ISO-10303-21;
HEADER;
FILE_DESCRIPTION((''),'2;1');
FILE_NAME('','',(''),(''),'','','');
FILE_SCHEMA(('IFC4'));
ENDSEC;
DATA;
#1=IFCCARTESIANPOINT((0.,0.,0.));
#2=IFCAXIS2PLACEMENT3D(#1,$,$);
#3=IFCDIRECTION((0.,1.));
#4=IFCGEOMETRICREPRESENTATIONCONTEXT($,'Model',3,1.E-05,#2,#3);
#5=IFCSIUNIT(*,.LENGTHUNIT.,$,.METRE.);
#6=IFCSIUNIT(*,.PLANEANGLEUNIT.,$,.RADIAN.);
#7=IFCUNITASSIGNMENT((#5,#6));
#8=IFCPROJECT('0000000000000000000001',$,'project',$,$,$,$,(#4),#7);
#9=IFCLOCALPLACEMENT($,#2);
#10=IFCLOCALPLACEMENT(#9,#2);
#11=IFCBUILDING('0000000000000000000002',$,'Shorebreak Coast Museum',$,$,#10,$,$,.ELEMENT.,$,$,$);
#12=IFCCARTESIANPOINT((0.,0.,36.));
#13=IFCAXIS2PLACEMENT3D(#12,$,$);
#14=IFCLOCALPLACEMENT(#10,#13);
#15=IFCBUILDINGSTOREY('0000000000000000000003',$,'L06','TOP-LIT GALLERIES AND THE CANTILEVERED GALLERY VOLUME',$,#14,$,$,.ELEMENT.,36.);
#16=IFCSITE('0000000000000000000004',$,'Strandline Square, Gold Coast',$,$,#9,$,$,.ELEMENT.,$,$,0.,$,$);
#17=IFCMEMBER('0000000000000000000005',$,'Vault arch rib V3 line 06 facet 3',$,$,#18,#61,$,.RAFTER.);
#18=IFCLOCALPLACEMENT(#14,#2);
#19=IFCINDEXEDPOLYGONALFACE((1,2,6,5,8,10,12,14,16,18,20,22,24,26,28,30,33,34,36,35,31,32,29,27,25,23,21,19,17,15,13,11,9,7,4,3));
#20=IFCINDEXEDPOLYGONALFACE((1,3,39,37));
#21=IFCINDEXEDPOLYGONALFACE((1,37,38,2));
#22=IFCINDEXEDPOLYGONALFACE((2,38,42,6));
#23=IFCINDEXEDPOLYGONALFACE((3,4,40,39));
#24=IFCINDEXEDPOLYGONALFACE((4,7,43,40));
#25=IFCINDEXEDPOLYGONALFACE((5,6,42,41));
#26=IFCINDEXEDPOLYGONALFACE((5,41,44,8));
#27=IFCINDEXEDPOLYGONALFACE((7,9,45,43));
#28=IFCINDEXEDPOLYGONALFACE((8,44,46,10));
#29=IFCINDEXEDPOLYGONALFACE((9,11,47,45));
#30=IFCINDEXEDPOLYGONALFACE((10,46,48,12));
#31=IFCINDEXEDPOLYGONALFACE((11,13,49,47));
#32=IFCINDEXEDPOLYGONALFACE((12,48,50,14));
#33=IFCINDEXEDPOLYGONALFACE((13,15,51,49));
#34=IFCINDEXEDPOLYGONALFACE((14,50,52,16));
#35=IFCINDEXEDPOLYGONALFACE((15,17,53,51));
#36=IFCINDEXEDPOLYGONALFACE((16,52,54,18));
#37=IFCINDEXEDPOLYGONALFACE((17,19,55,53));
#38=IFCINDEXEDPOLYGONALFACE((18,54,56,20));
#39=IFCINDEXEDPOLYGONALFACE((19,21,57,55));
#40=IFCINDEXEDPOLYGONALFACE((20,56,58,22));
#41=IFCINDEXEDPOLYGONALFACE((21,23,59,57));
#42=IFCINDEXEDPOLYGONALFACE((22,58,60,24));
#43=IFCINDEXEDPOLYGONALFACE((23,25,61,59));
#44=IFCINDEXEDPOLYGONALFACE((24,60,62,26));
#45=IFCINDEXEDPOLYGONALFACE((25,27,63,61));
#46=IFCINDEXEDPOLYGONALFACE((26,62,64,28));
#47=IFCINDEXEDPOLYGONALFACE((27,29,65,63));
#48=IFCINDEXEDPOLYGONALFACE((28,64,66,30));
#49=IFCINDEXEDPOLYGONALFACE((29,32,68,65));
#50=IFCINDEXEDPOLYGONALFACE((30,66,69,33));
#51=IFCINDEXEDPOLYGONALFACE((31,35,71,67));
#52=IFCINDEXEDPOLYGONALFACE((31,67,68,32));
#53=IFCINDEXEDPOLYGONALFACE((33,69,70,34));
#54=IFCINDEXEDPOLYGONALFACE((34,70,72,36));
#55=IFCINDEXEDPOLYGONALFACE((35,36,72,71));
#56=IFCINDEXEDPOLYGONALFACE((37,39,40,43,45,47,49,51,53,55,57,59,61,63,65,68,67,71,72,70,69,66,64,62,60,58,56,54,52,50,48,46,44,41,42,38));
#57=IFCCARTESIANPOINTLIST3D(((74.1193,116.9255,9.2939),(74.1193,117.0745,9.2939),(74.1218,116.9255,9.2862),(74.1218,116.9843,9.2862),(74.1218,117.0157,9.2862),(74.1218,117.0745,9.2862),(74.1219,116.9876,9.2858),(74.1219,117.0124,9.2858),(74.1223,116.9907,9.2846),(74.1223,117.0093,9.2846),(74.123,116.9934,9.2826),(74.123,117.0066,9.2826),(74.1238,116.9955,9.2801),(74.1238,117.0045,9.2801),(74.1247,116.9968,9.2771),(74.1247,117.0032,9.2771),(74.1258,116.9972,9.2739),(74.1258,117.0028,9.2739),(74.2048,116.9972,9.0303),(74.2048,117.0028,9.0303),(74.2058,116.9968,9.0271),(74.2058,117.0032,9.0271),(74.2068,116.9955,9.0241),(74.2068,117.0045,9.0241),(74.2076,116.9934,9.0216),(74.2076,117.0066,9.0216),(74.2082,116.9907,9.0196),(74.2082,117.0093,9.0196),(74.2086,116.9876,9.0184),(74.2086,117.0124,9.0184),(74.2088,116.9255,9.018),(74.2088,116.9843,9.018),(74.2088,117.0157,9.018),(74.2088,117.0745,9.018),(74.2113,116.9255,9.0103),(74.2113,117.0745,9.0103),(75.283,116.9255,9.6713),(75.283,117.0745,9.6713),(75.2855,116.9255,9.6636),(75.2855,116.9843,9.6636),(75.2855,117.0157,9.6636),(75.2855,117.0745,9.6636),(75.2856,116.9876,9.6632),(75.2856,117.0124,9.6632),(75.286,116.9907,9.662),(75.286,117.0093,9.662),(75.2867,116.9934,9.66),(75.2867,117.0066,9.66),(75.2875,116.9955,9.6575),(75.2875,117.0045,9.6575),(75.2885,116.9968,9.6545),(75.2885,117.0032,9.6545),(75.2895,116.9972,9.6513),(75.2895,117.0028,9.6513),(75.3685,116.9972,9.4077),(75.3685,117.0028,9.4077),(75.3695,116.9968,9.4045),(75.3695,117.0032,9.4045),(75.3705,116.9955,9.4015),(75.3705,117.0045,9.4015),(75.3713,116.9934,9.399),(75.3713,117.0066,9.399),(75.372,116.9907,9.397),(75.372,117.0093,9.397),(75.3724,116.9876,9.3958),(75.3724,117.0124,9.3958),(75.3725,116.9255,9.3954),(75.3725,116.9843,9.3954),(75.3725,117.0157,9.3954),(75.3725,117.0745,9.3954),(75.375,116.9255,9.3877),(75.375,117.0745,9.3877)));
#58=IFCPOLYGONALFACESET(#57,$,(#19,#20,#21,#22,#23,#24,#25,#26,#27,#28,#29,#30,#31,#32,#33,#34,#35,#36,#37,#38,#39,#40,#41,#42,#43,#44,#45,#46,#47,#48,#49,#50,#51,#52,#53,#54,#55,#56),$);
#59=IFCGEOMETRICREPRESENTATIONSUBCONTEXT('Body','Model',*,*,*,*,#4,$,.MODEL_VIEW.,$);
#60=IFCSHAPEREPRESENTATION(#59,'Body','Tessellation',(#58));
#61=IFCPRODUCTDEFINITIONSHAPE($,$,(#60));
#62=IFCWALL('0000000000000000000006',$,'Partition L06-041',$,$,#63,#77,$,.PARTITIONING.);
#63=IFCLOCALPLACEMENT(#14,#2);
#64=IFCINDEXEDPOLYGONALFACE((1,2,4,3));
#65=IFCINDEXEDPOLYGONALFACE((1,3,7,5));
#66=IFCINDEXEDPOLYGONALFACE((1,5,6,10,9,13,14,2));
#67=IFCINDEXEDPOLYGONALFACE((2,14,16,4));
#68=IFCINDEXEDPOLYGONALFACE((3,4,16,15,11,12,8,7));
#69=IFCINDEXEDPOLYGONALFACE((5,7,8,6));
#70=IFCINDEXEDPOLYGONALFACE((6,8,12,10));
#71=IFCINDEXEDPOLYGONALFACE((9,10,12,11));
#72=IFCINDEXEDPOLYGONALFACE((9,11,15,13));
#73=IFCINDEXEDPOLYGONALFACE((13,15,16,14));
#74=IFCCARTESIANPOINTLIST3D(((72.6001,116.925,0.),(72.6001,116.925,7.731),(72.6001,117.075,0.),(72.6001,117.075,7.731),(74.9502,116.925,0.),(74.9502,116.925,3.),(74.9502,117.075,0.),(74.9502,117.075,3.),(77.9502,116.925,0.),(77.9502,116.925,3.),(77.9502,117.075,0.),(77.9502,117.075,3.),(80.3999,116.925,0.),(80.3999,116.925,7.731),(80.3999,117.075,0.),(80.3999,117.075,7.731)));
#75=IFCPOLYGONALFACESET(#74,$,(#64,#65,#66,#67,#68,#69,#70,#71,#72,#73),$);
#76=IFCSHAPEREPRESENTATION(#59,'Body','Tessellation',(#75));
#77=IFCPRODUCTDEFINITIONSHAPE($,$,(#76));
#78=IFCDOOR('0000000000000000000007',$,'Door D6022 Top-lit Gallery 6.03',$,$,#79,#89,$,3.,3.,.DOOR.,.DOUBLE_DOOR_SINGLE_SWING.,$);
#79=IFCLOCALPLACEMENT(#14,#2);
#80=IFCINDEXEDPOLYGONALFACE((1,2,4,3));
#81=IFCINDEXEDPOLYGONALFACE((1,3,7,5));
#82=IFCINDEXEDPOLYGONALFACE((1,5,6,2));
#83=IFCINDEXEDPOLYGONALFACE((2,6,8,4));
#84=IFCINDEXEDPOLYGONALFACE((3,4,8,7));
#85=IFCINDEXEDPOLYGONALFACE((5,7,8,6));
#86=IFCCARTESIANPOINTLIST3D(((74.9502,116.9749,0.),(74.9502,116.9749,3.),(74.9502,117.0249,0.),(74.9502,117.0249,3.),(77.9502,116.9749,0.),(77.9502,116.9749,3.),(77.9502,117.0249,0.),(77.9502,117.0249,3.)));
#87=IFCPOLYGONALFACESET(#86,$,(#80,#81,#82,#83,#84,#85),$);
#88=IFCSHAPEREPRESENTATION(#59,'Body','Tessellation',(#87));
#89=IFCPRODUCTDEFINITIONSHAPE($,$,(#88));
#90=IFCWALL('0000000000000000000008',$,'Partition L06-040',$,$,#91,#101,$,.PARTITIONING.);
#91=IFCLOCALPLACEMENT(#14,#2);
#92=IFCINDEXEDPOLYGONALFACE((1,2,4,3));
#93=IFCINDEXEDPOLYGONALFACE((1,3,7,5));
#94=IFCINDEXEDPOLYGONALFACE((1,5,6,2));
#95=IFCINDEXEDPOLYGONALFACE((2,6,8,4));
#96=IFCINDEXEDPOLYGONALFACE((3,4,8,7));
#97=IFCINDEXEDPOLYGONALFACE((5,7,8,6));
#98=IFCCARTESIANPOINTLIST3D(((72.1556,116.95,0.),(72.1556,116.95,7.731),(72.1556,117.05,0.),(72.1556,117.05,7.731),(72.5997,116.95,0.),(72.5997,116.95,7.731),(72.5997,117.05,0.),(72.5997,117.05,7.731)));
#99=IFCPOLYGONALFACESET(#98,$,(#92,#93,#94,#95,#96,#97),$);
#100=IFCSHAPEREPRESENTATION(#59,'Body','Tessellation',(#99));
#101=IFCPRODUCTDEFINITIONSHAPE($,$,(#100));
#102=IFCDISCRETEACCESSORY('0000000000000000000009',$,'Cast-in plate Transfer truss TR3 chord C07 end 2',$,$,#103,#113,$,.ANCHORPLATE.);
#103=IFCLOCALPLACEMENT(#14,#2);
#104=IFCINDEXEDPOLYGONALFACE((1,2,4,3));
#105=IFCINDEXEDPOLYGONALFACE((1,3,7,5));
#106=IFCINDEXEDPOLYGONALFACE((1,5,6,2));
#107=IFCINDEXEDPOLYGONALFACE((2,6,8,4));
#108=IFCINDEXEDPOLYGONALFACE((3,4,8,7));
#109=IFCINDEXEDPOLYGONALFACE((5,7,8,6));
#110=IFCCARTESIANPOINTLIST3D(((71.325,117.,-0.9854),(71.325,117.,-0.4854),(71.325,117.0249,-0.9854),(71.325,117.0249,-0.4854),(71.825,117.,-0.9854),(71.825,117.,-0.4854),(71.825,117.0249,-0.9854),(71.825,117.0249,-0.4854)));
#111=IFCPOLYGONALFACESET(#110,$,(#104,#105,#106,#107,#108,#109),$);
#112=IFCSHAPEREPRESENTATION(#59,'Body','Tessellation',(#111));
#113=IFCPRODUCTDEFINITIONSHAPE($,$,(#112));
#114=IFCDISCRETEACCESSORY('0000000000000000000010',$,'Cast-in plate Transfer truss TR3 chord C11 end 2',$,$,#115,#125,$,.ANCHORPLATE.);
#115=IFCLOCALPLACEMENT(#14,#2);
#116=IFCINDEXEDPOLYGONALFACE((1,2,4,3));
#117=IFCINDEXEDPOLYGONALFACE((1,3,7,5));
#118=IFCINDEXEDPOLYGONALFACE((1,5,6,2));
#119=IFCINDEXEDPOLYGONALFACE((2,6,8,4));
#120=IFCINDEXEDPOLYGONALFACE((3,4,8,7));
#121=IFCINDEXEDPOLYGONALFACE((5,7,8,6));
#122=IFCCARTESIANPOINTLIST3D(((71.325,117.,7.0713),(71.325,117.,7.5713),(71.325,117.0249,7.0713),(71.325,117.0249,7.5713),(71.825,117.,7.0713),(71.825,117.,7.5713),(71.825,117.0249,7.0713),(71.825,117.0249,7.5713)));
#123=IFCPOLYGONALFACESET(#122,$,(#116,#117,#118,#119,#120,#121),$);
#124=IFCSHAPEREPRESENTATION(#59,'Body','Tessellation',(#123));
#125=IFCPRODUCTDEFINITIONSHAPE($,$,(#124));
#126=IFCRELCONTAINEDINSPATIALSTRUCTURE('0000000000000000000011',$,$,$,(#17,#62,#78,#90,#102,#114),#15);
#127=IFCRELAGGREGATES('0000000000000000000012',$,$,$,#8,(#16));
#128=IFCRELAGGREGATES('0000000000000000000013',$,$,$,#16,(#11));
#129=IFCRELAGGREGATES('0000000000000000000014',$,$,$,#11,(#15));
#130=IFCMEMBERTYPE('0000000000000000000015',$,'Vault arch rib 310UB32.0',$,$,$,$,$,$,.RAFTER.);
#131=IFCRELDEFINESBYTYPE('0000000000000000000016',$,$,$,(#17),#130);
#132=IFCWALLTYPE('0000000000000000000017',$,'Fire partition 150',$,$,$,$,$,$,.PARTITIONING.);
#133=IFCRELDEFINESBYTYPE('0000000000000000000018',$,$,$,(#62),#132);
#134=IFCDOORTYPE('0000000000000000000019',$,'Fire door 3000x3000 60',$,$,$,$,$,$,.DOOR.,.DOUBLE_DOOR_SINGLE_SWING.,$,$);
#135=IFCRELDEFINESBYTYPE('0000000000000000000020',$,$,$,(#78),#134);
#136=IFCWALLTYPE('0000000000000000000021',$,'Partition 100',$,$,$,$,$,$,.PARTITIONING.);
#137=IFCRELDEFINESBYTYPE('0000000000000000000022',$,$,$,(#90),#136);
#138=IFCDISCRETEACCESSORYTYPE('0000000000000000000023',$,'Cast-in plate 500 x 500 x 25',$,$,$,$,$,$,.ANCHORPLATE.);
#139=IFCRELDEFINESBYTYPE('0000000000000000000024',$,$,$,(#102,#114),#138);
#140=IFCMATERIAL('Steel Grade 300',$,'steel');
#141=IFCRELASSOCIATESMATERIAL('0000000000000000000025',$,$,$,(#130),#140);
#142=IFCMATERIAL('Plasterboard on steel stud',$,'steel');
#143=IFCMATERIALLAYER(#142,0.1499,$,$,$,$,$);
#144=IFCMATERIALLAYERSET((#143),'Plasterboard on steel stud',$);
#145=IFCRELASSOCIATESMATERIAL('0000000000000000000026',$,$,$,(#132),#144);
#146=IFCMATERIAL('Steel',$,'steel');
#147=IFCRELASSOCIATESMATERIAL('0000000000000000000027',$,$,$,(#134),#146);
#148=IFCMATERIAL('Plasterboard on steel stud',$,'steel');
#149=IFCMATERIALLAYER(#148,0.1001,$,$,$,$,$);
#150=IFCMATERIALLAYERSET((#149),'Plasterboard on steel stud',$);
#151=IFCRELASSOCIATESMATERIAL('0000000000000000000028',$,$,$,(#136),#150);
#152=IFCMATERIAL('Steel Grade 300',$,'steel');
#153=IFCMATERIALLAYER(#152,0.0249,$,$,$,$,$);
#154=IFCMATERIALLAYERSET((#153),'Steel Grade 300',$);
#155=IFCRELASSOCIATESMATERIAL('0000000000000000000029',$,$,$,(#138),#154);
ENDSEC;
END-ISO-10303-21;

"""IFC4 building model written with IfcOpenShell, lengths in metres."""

from ifc_helpers import new_model, si_unit, direction, frame, frame_2d, origin, origin_2d, place, context, subcontext, project, spatial, polyline, rectangle, i_section, outline, extrude, material, layer, layer_set, material_profile, profile_set, type_object, element, fill, save


model = new_model("IFC4")

# Units and contexts
model_context = context("Model", 3, precision=1e-05, world=origin(), true_north=direction((0.0, 1.0)))
body_context = subcontext(model_context, "Body", "Model", "MODEL_VIEW")
ifc_project = project(units=[si_unit("LENGTHUNIT", "METRE"), si_unit("PLANEANGLEUNIT", "RADIAN")], contexts=[model_context])

# Site, building, storey
site_placement = place(None, origin())
site = spatial("IfcSite", under=ifc_project, at=site_placement, Name="Strandline Square, Gold Coast", CompositionType="ELEMENT", RefElevation=0.0)
building_placement = place(site_placement, origin())
building = spatial("IfcBuilding", under=site, at=building_placement, Name="Shorebreak Coast Museum", CompositionType="ELEMENT")
storey_placement = place(building_placement, frame((0.0, 0.0, 36.0)))
storey = spatial("IfcBuildingStorey", under=building, at=storey_placement, Name="L06", Description="TOP-LIT GALLERIES AND THE CANTILEVERED GALLERY VOLUME", CompositionType="ELEMENT", Elevation=36.0)

# Member
ifc_material_1 = material(Name="Steel Grade 300", Category="steel")
ifc_material_profile_1 = material_profile(ifc_material_1, i_section(OverallWidth=0.1489, OverallDepth=0.2981, WebThickness=0.0056, FlangeThickness=0.0081, FilletRadius=0.0129, at=origin_2d()), Name="310UB32.0")
ifc_profile_set_1 = profile_set([ifc_material_profile_1], Name="Steel Grade 300")
member_type_1 = type_object("IfcMemberType", Name="Vault arch rib 310UB32.0", PredefinedType="RAFTER", material=ifc_profile_set_1)
for number, where, z_axis, x_axis, name in (
    (1, (74.1653, 117.0, 9.1521), (0.951226, 0.0, 0.308495), (0.0, 1.0, 0.0), "Vault arch rib V3 line 06 facet 3"),
):
    element("IfcMember", number, at=place(storey_placement, frame(where, z_axis=z_axis, x_axis=x_axis)), inside=storey, type_object=member_type_1, Name=name, PredefinedType="RAFTER", context=body_context, shape_type="SweptSolid", body=[
        extrude(i_section(OverallWidth=0.1489, OverallDepth=0.2981, WebThickness=0.0056, FlangeThickness=0.0081, FilletRadius=0.0129, at=origin_2d()), origin(), (0.0, 0.0, 1.0), 1.2234),
    ])

# Wall, opening, door
ifc_material_2 = material(Name="Plasterboard on steel stud", Category="steel")
ifc_layer_1 = layer(ifc_material_2, 0.1499)
ifc_layer_set_1 = layer_set([ifc_layer_1], Name="Plasterboard on steel stud")
wall_type_1 = type_object("IfcWallType", Name="Fire partition 150", PredefinedType="PARTITIONING", material=ifc_layer_set_1)
wall_1_placement = place(storey_placement, frame((72.6001, 117.0, 0.0), z_axis=(0.0, 0.0, 1.0), x_axis=(1.0, 0.0, 0.0)))
wall_1 = element("IfcWall", 2, at=wall_1_placement, inside=storey, type_object=wall_type_1, Name="Partition L06-041", PredefinedType="PARTITIONING", context=body_context, shape_type="SweptSolid", body=[
    extrude(rectangle(XDim=7.7998, YDim=0.1499, at=frame_2d((3.8999, 0.0))), origin(), (0.0, 0.0, 1.0), 7.731),
])
opening_placement = place(wall_1_placement, frame((2.3501, 0.0, 0.0)))
opening = element("IfcOpeningElement", 3, at=opening_placement, cuts=wall_1, PredefinedType="OPENING", context=body_context, shape_type="SweptSolid", body=[
    extrude(rectangle(XDim=3.0, YDim=3.0, at=frame_2d((1.5, 1.5))), frame((0.0, 0.085, 0.0), z_axis=(0.0, -1.0, 0.0), x_axis=(1.0, 0.0, 0.0)), (0.0, 0.0, 1.0), 0.1699),
])
ifc_material_3 = material(Name="Steel", Category="steel")
door_type = type_object("IfcDoorType", Name="Fire door 3000x3000 60", OperationType="DOUBLE_DOOR_SINGLE_SWING", PredefinedType="DOOR", material=ifc_material_3)
door_placement = place(opening_placement, origin())
door = element("IfcDoor", 4, at=door_placement, inside=storey, type_object=door_type, Name="Door D6022 Top-lit Gallery 6.03", OperationType="DOUBLE_DOOR_SINGLE_SWING", OverallHeight=3.0, OverallWidth=3.0, PredefinedType="DOOR", context=body_context, shape_type="SweptSolid", body=[
    extrude(rectangle(XDim=3.0, YDim=3.0, at=frame_2d((1.5, 1.5))), frame((0.0, 0.0249, 0.0), z_axis=(0.0, -1.0, 0.0), x_axis=(1.0, 0.0, 0.0)), (0.0, 0.0, 1.0), 0.05),
])
fill(opening, door)

# Wall
ifc_material_4 = material(Name="Plasterboard on steel stud", Category="steel")
ifc_layer_2 = layer(ifc_material_4, 0.1001)
ifc_layer_set_2 = layer_set([ifc_layer_2], Name="Plasterboard on steel stud")
wall_type_2 = type_object("IfcWallType", Name="Partition 100", PredefinedType="PARTITIONING", material=ifc_layer_set_2)
wall_2_placement = place(storey_placement, frame((72.1555, 117.0, 0.0), z_axis=(0.0, 0.0, 1.0), x_axis=(1.0, 0.0, 0.0)))
element("IfcWall", 5, at=wall_2_placement, inside=storey, type_object=wall_type_2, Name="Partition L06-040", PredefinedType="PARTITIONING", context=body_context, shape_type="SweptSolid", body=[
    extrude(rectangle(XDim=0.4441, YDim=0.1001, at=frame_2d((0.2222, 0.0))), origin(), (0.0, 0.0, 1.0), 7.731),
])

# Discrete accessories
ifc_material_5 = material(Name="Steel Grade 300", Category="steel")
ifc_layer_3 = layer(ifc_material_5, 0.0249)
ifc_layer_set_3 = layer_set([ifc_layer_3], Name="Steel Grade 300")
discrete_accessory_type = type_object("IfcDiscreteAccessoryType", Name="Cast-in plate 500 x 500 x 25", PredefinedType="ANCHORPLATE", material=ifc_layer_set_3)
for number, where, z_axis, x_axis, name in (
    (6, (71.325, 117.0, -0.9854), (0.0, -1.0, 0.0), (1.0, 0.0, 0.0), "Cast-in plate Transfer truss TR3 chord C07 end 2"),
    (7, (71.325, 117.0, 7.0713), (0.0, -1.0, 0.0), (1.0, 0.0, 0.0), "Cast-in plate Transfer truss TR3 chord C11 end 2"),
):
    element("IfcDiscreteAccessory", number, at=place(storey_placement, frame(where, z_axis=z_axis, x_axis=x_axis)), inside=storey, type_object=discrete_accessory_type, Name=name, PredefinedType="ANCHORPLATE", context=body_context, shape_type="SweptSolid", body=[
        extrude(outline(polyline([(0.0, 0.0), (0.5, 0.0), (0.5, 0.5), (0.0, 0.5), (0.0, 0.0)])), origin(), (0.0, 0.0, -1.0), 0.0249),
    ])

save(model, "model.ifc")
